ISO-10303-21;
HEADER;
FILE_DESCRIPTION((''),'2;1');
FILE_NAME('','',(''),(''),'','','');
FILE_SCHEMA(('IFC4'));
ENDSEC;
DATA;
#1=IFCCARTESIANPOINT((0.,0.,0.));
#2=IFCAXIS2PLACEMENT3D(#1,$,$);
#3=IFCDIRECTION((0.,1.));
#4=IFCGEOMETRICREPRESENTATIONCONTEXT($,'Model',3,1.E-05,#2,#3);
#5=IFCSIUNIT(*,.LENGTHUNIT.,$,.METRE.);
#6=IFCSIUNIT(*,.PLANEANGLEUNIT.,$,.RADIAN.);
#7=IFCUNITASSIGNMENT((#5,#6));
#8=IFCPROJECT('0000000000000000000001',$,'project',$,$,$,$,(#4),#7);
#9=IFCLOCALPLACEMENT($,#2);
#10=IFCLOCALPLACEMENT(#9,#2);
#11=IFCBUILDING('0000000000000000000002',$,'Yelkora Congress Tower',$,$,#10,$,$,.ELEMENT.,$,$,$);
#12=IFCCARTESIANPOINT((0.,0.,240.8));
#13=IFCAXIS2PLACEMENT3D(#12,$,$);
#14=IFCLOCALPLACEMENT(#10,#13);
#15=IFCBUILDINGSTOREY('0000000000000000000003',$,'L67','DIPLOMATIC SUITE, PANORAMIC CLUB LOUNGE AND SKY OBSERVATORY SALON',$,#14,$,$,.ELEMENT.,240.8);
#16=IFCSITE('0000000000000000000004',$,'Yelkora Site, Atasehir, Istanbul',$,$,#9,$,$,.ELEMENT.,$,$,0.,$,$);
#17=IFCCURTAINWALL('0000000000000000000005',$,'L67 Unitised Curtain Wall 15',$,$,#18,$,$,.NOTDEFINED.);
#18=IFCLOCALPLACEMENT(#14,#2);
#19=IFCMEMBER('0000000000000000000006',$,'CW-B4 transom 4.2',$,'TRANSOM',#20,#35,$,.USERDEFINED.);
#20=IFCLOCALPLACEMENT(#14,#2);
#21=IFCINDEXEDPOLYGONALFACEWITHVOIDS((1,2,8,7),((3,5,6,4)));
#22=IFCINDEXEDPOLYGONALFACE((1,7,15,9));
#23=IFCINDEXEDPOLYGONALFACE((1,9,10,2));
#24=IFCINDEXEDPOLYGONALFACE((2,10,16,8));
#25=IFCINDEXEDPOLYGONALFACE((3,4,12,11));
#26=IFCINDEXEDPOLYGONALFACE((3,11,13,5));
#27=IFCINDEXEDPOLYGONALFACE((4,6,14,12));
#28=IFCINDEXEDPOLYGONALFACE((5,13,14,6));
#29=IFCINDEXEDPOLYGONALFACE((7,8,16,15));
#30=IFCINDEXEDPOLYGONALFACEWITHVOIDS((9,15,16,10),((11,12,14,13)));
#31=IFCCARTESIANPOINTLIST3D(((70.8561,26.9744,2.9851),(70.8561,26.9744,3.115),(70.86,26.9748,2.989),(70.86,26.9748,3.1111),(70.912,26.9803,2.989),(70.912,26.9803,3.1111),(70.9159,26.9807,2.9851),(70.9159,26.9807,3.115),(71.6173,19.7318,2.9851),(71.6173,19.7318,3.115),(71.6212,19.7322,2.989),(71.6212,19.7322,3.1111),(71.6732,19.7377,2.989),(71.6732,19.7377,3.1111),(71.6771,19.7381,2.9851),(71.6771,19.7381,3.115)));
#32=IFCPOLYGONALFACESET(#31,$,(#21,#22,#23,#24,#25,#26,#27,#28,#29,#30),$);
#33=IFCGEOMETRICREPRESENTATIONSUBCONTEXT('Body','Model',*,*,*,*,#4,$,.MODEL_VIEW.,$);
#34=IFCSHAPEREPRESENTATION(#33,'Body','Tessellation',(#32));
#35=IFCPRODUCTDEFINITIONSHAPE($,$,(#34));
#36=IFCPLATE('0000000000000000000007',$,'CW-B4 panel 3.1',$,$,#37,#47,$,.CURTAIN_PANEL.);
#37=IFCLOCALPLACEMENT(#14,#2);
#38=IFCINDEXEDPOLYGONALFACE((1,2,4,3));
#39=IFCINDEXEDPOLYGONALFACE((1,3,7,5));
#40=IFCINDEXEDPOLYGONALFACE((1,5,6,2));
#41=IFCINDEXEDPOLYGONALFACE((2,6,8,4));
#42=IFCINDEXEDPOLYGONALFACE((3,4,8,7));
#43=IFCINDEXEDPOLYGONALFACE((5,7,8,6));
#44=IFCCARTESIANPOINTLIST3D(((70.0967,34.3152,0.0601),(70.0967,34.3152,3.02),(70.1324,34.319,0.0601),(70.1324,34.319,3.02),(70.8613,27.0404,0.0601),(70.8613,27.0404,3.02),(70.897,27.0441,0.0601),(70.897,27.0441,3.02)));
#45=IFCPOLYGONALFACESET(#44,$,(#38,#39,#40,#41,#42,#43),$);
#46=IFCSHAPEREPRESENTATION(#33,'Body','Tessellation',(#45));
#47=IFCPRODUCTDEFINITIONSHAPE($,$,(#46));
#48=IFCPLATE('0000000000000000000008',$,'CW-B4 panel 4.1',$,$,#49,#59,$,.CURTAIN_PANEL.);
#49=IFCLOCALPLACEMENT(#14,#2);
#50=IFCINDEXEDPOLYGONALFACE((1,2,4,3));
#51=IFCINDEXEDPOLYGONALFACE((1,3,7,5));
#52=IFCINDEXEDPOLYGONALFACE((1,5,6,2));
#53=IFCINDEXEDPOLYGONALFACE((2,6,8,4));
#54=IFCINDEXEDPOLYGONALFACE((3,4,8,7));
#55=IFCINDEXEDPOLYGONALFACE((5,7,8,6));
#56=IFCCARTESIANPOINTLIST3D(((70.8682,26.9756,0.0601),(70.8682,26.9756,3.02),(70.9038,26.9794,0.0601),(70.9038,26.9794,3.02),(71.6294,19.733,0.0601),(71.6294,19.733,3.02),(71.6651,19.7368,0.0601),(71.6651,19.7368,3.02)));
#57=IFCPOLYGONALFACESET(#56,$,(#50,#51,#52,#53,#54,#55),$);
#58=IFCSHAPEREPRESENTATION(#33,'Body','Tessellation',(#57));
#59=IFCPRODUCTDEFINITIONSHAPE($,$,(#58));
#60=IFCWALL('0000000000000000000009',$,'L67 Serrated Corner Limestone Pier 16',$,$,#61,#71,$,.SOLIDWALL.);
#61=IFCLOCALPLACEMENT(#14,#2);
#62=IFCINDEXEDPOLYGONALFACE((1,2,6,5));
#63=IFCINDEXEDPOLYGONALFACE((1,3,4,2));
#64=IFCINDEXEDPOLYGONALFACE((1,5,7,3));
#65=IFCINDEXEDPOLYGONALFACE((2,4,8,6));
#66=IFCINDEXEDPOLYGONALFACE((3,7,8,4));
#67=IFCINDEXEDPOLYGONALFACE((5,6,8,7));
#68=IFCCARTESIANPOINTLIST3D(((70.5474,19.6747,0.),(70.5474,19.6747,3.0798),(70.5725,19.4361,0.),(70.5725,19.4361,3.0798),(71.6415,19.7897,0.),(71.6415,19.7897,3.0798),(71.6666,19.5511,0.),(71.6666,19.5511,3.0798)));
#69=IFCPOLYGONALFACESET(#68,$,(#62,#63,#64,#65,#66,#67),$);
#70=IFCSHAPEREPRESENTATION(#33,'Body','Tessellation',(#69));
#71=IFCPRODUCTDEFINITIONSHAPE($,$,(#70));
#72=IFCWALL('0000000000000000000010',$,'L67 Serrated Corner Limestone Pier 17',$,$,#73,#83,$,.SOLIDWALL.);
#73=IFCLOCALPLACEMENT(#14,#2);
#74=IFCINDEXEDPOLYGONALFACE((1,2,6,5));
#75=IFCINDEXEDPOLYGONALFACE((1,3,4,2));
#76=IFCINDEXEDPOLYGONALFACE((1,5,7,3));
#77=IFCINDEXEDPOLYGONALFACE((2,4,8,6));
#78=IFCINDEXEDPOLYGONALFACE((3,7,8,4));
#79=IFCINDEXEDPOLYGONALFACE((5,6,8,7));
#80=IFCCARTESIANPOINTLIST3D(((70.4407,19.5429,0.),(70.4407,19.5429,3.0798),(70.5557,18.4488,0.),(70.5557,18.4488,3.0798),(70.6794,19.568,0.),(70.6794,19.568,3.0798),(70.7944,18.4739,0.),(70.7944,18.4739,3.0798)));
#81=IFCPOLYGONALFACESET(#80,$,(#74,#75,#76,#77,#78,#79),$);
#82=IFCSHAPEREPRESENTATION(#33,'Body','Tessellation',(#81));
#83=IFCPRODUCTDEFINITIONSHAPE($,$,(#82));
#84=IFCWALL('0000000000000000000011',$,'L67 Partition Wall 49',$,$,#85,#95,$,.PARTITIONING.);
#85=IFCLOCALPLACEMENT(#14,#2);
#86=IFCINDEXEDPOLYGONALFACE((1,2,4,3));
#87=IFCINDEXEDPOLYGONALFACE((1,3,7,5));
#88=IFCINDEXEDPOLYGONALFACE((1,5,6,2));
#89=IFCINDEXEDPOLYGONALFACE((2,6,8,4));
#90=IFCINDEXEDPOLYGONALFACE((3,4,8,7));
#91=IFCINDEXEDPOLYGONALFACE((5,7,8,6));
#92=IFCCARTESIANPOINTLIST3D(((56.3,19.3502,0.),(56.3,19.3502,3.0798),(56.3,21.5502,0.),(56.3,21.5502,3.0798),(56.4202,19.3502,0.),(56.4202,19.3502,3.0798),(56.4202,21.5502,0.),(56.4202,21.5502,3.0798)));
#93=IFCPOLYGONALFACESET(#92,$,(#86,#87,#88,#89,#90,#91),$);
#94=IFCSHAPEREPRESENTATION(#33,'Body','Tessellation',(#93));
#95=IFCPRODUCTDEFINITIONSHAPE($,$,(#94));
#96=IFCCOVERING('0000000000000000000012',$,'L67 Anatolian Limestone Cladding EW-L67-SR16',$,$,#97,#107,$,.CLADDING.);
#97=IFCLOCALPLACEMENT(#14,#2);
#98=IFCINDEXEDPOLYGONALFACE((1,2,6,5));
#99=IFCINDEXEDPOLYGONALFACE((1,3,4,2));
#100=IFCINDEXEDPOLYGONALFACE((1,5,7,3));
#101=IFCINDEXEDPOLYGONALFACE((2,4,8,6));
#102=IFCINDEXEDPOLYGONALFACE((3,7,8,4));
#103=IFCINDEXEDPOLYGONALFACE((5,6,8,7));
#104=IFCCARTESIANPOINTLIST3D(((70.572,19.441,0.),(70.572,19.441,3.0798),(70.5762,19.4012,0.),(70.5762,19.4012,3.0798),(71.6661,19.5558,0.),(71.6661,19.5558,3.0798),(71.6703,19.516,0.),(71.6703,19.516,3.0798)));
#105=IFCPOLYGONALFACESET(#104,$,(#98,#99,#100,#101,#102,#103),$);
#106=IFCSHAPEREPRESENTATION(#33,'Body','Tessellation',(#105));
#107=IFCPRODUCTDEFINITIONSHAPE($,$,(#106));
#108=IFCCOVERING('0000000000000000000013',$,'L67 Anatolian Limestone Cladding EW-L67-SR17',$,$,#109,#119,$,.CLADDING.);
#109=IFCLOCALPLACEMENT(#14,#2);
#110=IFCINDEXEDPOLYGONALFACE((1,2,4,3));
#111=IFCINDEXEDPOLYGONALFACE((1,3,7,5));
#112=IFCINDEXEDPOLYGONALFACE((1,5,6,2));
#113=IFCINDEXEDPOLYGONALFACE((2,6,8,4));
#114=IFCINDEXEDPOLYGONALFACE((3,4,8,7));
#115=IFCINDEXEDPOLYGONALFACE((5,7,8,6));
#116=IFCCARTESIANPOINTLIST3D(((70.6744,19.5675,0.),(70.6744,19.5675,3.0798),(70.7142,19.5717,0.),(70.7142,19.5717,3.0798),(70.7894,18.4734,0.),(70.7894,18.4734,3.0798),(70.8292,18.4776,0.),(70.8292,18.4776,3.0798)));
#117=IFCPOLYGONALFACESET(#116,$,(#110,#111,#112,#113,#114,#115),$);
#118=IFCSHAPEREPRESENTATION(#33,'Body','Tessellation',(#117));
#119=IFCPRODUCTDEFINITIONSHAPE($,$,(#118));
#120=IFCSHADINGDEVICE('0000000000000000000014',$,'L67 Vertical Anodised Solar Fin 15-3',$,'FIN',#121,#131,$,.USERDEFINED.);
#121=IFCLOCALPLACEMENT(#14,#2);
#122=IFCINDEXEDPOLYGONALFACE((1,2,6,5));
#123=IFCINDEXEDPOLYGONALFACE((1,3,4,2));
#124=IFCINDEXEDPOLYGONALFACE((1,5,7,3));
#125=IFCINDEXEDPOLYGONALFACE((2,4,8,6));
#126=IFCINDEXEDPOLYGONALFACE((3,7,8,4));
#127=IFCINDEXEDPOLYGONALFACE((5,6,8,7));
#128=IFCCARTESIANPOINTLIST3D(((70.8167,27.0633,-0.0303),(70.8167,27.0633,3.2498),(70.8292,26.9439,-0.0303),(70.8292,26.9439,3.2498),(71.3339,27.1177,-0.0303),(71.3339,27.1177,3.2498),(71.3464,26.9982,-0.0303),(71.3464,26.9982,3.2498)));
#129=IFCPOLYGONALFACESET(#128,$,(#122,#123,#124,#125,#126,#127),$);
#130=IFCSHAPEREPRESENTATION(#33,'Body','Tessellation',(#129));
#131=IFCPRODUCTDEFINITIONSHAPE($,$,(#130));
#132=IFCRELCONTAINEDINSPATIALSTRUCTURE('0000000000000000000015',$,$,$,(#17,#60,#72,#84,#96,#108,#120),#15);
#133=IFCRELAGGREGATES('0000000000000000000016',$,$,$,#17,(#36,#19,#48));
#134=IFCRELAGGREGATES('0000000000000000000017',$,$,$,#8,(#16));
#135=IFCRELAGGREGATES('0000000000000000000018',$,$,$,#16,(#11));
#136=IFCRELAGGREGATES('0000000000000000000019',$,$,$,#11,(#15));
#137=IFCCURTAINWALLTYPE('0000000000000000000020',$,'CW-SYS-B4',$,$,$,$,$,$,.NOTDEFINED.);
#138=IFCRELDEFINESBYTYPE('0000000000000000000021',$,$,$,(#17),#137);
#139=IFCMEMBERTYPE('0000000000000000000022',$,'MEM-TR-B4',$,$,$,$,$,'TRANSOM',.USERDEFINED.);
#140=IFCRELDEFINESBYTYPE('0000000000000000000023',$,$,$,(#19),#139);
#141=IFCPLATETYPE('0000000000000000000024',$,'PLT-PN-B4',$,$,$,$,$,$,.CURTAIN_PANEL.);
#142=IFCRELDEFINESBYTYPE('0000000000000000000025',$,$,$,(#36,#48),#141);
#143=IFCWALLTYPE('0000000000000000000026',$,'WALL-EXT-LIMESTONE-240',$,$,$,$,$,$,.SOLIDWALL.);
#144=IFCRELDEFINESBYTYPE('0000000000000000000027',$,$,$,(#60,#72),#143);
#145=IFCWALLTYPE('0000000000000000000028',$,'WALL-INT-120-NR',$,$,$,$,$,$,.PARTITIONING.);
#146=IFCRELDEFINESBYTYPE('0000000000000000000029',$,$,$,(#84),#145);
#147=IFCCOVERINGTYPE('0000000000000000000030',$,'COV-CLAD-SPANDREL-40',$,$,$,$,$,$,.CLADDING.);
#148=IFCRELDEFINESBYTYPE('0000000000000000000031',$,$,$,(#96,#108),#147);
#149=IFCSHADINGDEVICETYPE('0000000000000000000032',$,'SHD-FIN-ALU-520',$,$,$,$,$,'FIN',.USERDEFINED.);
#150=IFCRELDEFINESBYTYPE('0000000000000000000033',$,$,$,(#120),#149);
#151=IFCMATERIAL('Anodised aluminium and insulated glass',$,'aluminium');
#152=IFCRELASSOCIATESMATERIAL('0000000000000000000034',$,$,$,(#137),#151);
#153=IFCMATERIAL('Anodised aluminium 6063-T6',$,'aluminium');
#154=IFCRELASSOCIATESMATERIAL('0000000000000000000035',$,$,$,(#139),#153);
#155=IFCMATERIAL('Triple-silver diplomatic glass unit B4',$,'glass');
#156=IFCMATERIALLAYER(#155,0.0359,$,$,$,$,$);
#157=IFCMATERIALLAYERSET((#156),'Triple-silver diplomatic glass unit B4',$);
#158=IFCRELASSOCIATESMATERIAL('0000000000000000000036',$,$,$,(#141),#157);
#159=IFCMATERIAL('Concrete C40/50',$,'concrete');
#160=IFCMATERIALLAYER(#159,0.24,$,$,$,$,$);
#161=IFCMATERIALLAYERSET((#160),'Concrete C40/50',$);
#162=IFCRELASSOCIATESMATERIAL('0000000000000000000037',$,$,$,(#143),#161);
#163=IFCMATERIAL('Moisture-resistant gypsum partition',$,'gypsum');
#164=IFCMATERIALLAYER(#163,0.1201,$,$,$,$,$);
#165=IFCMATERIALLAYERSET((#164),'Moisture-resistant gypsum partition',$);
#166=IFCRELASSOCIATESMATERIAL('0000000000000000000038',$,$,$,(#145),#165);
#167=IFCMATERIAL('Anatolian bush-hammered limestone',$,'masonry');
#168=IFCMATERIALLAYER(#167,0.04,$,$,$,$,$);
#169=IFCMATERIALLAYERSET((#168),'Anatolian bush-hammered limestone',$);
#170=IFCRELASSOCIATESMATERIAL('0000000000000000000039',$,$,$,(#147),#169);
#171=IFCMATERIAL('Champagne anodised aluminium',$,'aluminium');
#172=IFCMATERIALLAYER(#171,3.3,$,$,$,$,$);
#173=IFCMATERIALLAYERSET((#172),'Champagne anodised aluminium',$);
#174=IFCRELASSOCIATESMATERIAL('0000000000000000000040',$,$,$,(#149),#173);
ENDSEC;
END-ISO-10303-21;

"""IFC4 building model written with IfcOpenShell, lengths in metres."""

from ifc_helpers import new_model, si_unit, direction, frame, frame_2d, origin, origin_2d, place, context, subcontext, project, spatial, rectangle, hollow_rectangle, extrude, material, layer, layer_set, material_profile, profile_set, type_object, element, aggregate, save


model = new_model("IFC4")

# Units and contexts
model_context = context("Model", 3, precision=1e-05, world=origin(), true_north=direction((0.0, 1.0)))
body_context = subcontext(model_context, "Body", "Model", "MODEL_VIEW")
ifc_project = project(units=[si_unit("LENGTHUNIT", "METRE"), si_unit("PLANEANGLEUNIT", "RADIAN")], contexts=[model_context])

# Site, building, storey
site_placement = place(None, origin())
site = spatial("IfcSite", under=ifc_project, at=site_placement, Name="Yelkora Site, Atasehir, Istanbul", CompositionType="ELEMENT", RefElevation=0.0)
building_placement = place(site_placement, origin())
building = spatial("IfcBuilding", under=site, at=building_placement, Name="Yelkora Congress Tower", CompositionType="ELEMENT")
storey_placement = place(building_placement, frame((0.0, 0.0, 240.8)))
storey = spatial("IfcBuildingStorey", under=building, at=storey_placement, Name="L67", Description="DIPLOMATIC SUITE, PANORAMIC CLUB LOUNGE AND SKY OBSERVATORY SALON", CompositionType="ELEMENT", Elevation=240.8)

# Curtain wall, member, plates
ifc_material_1 = material(Name="Anodised aluminium and insulated glass", Category="aluminium")
curtain_wall_type = type_object("IfcCurtainWallType", Name="CW-SYS-B4", PredefinedType="NOTDEFINED", material=ifc_material_1)
curtain_wall_placement = place(storey_placement, origin())
curtain_wall = element("IfcCurtainWall", 1, at=curtain_wall_placement, inside=storey, type_object=curtain_wall_type, Name="L67 Unitised Curtain Wall 15", PredefinedType="NOTDEFINED")
ifc_material_2 = material(Name="Anodised aluminium 6063-T6", Category="aluminium")
ifc_material_profile_1 = material_profile(ifc_material_2, hollow_rectangle(XDim=0.0601, YDim=0.1299, WallThickness=0.0039, at=origin_2d()), Name="ALU 60x130x4")
ifc_profile_set_1 = profile_set([ifc_material_profile_1], Name="Anodised aluminium 6063-T6")
member_type_1 = type_object("IfcMemberType", Name="MEM-TR-B4", ElementType="TRANSOM", PredefinedType="USERDEFINED", material=ifc_profile_set_1)
member_1_placement = place(storey_placement, frame((70.886, 26.9775, 3.05), z_axis=(0.104528, -0.994522, 0.0), x_axis=(0.994522, 0.104528, 0.0)))
member_1 = element("IfcMember", 2, at=member_1_placement, type_object=member_type_1, Name="CW-B4 transom 4.2", ObjectType="TRANSOM", PredefinedType="USERDEFINED", context=body_context, shape_type="SweptSolid", body=[
    extrude(hollow_rectangle(XDim=0.0601, YDim=0.1299, WallThickness=0.0039, at=origin_2d()), origin(), (0.0, 0.0, 1.0), 7.2825),
])
ifc_material_3 = material(Name="Triple-silver diplomatic glass unit B4", Category="glass")
ifc_layer_1 = layer(ifc_material_3, 0.0359)
ifc_layer_set_1 = layer_set([ifc_layer_1], Name="Triple-silver diplomatic glass unit B4")
plate_type = type_object("IfcPlateType", Name="PLT-PN-B4", PredefinedType="CURTAIN_PANEL", material=ifc_layer_set_1)
plate_1_placement = place(storey_placement, frame((70.4968, 30.6797, 0.0601), z_axis=(0.0, 0.0, 1.0), x_axis=(0.104526, -0.994522, 0.0)))
plate_1 = element("IfcPlate", 3, at=plate_1_placement, type_object=plate_type, Name="CW-B4 panel 3.1", PredefinedType="CURTAIN_PANEL", context=body_context, shape_type="SweptSolid", body=[
    extrude(rectangle(XDim=7.3149, YDim=0.0359, at=origin_2d()), origin(), (0.0, 0.0, 1.0), 2.96),
])
plate_2_placement = place(storey_placement, frame((71.2666, 23.3562, 0.0601), z_axis=(0.0, 0.0, 1.0), x_axis=(0.104526, -0.994522, 0.0)))
plate_2 = element("IfcPlate", 4, at=plate_2_placement, type_object=plate_type, Name="CW-B4 panel 4.1", PredefinedType="CURTAIN_PANEL", context=body_context, shape_type="SweptSolid", body=[
    extrude(rectangle(XDim=7.2825, YDim=0.0359, at=origin_2d()), origin(), (0.0, 0.0, 1.0), 2.96),
])
aggregate(curtain_wall, [plate_1, member_1, plate_2])

# Walls
ifc_material_4 = material(Name="Concrete C40/50", Category="concrete")
ifc_layer_2 = layer(ifc_material_4, 0.24)
ifc_layer_set_2 = layer_set([ifc_layer_2], Name="Concrete C40/50")
wall_type_1 = type_object("IfcWallType", Name="WALL-EXT-LIMESTONE-240", PredefinedType="SOLIDWALL", material=ifc_layer_set_2)
for number, where, z_axis, x_axis, name in (
    (5, (71.6541, 19.6704, 0.0), (0.0, 0.0, 1.0), (-0.994521, -0.104535, 0.0), "L67 Serrated Corner Limestone Pier 16"),
    (6, (70.5601, 19.5554, 0.0), (0.0, 0.0, 1.0), (0.104535, -0.994521, 0.0), "L67 Serrated Corner Limestone Pier 17"),
):
    element("IfcWall", number, at=place(storey_placement, frame(where, z_axis=z_axis, x_axis=x_axis)), inside=storey, type_object=wall_type_1, Name=name, PredefinedType="SOLIDWALL", context=body_context, shape_type="SweptSolid", body=[
        extrude(rectangle(XDim=1.1001, YDim=0.24, at=frame_2d((0.55, 0.0))), origin(), (0.0, 0.0, 1.0), 3.0798),
    ])
ifc_material_5 = material(Name="Moisture-resistant gypsum partition", Category="gypsum")
ifc_layer_3 = layer(ifc_material_5, 0.1201)
ifc_layer_set_3 = layer_set([ifc_layer_3], Name="Moisture-resistant gypsum partition")
wall_type_2 = type_object("IfcWallType", Name="WALL-INT-120-NR", PredefinedType="PARTITIONING", material=ifc_layer_set_3)
wall_placement = place(storey_placement, frame((56.3601, 19.3501, 0.0), z_axis=(0.0, 0.0, 1.0), x_axis=(0.0, 1.0, 0.0)))
element("IfcWall", 7, at=wall_placement, inside=storey, type_object=wall_type_2, Name="L67 Partition Wall 49", PredefinedType="PARTITIONING", context=body_context, shape_type="SweptSolid", body=[
    extrude(rectangle(XDim=2.2, YDim=0.1201, at=frame_2d((1.1001, 0.0))), origin(), (0.0, 0.0, 1.0), 3.0798),
])

# Coverings
ifc_material_6 = material(Name="Anatolian bush-hammered limestone", Category="masonry")
ifc_layer_4 = layer(ifc_material_6, 0.04)
ifc_layer_set_4 = layer_set([ifc_layer_4], Name="Anatolian bush-hammered limestone")
covering_type = type_object("IfcCoveringType", Name="COV-CLAD-SPANDREL-40", PredefinedType="CLADDING", material=ifc_layer_set_4)
for number, where, z_axis, x_axis, name in (
    (8, (71.6682, 19.5359, 0.0), (0.0, 0.0, 1.0), (-0.994544, -0.104315, 0.0), "L67 Anatolian Limestone Cladding EW-L67-SR16"),
    (9, (70.6943, 19.5696, 0.0), (0.0, 0.0, 1.0), (0.104535, -0.994521, 0.0), "L67 Anatolian Limestone Cladding EW-L67-SR17"),
):
    element("IfcCovering", number, at=place(storey_placement, frame(where, z_axis=z_axis, x_axis=x_axis)), inside=storey, type_object=covering_type, Name=name, PredefinedType="CLADDING", context=body_context, shape_type="SweptSolid", body=[
        extrude(rectangle(XDim=1.1001, YDim=0.04, at=frame_2d((0.55, 0.0))), origin(), (0.0, 0.0, 1.0), 3.0798),
    ])

# Shading device
ifc_material_7 = material(Name="Champagne anodised aluminium", Category="aluminium")
ifc_layer_5 = layer(ifc_material_7, 3.3)
ifc_layer_set_5 = layer_set([ifc_layer_5], Name="Champagne anodised aluminium")
shading_device_type = type_object("IfcShadingDeviceType", Name="SHD-FIN-ALU-520", ElementType="FIN", PredefinedType="USERDEFINED", material=ifc_layer_set_5)
shading_device_placement = place(storey_placement, frame((71.0815, 27.0308, -0.0303), z_axis=(0.0, 0.0, 1.0), x_axis=(0.104528, -0.994522, 0.0)))
element("IfcShadingDevice", 10, at=shading_device_placement, inside=storey, type_object=shading_device_type, Name="L67 Vertical Anodised Solar Fin 15-3", ObjectType="FIN", PredefinedType="USERDEFINED", context=body_context, shape_type="SweptSolid", body=[
    extrude(rectangle(XDim=0.1201, YDim=0.52, at=origin_2d()), origin(), (0.0, 0.0, 1.0), 3.28),
])

save(model, "model.ifc")
